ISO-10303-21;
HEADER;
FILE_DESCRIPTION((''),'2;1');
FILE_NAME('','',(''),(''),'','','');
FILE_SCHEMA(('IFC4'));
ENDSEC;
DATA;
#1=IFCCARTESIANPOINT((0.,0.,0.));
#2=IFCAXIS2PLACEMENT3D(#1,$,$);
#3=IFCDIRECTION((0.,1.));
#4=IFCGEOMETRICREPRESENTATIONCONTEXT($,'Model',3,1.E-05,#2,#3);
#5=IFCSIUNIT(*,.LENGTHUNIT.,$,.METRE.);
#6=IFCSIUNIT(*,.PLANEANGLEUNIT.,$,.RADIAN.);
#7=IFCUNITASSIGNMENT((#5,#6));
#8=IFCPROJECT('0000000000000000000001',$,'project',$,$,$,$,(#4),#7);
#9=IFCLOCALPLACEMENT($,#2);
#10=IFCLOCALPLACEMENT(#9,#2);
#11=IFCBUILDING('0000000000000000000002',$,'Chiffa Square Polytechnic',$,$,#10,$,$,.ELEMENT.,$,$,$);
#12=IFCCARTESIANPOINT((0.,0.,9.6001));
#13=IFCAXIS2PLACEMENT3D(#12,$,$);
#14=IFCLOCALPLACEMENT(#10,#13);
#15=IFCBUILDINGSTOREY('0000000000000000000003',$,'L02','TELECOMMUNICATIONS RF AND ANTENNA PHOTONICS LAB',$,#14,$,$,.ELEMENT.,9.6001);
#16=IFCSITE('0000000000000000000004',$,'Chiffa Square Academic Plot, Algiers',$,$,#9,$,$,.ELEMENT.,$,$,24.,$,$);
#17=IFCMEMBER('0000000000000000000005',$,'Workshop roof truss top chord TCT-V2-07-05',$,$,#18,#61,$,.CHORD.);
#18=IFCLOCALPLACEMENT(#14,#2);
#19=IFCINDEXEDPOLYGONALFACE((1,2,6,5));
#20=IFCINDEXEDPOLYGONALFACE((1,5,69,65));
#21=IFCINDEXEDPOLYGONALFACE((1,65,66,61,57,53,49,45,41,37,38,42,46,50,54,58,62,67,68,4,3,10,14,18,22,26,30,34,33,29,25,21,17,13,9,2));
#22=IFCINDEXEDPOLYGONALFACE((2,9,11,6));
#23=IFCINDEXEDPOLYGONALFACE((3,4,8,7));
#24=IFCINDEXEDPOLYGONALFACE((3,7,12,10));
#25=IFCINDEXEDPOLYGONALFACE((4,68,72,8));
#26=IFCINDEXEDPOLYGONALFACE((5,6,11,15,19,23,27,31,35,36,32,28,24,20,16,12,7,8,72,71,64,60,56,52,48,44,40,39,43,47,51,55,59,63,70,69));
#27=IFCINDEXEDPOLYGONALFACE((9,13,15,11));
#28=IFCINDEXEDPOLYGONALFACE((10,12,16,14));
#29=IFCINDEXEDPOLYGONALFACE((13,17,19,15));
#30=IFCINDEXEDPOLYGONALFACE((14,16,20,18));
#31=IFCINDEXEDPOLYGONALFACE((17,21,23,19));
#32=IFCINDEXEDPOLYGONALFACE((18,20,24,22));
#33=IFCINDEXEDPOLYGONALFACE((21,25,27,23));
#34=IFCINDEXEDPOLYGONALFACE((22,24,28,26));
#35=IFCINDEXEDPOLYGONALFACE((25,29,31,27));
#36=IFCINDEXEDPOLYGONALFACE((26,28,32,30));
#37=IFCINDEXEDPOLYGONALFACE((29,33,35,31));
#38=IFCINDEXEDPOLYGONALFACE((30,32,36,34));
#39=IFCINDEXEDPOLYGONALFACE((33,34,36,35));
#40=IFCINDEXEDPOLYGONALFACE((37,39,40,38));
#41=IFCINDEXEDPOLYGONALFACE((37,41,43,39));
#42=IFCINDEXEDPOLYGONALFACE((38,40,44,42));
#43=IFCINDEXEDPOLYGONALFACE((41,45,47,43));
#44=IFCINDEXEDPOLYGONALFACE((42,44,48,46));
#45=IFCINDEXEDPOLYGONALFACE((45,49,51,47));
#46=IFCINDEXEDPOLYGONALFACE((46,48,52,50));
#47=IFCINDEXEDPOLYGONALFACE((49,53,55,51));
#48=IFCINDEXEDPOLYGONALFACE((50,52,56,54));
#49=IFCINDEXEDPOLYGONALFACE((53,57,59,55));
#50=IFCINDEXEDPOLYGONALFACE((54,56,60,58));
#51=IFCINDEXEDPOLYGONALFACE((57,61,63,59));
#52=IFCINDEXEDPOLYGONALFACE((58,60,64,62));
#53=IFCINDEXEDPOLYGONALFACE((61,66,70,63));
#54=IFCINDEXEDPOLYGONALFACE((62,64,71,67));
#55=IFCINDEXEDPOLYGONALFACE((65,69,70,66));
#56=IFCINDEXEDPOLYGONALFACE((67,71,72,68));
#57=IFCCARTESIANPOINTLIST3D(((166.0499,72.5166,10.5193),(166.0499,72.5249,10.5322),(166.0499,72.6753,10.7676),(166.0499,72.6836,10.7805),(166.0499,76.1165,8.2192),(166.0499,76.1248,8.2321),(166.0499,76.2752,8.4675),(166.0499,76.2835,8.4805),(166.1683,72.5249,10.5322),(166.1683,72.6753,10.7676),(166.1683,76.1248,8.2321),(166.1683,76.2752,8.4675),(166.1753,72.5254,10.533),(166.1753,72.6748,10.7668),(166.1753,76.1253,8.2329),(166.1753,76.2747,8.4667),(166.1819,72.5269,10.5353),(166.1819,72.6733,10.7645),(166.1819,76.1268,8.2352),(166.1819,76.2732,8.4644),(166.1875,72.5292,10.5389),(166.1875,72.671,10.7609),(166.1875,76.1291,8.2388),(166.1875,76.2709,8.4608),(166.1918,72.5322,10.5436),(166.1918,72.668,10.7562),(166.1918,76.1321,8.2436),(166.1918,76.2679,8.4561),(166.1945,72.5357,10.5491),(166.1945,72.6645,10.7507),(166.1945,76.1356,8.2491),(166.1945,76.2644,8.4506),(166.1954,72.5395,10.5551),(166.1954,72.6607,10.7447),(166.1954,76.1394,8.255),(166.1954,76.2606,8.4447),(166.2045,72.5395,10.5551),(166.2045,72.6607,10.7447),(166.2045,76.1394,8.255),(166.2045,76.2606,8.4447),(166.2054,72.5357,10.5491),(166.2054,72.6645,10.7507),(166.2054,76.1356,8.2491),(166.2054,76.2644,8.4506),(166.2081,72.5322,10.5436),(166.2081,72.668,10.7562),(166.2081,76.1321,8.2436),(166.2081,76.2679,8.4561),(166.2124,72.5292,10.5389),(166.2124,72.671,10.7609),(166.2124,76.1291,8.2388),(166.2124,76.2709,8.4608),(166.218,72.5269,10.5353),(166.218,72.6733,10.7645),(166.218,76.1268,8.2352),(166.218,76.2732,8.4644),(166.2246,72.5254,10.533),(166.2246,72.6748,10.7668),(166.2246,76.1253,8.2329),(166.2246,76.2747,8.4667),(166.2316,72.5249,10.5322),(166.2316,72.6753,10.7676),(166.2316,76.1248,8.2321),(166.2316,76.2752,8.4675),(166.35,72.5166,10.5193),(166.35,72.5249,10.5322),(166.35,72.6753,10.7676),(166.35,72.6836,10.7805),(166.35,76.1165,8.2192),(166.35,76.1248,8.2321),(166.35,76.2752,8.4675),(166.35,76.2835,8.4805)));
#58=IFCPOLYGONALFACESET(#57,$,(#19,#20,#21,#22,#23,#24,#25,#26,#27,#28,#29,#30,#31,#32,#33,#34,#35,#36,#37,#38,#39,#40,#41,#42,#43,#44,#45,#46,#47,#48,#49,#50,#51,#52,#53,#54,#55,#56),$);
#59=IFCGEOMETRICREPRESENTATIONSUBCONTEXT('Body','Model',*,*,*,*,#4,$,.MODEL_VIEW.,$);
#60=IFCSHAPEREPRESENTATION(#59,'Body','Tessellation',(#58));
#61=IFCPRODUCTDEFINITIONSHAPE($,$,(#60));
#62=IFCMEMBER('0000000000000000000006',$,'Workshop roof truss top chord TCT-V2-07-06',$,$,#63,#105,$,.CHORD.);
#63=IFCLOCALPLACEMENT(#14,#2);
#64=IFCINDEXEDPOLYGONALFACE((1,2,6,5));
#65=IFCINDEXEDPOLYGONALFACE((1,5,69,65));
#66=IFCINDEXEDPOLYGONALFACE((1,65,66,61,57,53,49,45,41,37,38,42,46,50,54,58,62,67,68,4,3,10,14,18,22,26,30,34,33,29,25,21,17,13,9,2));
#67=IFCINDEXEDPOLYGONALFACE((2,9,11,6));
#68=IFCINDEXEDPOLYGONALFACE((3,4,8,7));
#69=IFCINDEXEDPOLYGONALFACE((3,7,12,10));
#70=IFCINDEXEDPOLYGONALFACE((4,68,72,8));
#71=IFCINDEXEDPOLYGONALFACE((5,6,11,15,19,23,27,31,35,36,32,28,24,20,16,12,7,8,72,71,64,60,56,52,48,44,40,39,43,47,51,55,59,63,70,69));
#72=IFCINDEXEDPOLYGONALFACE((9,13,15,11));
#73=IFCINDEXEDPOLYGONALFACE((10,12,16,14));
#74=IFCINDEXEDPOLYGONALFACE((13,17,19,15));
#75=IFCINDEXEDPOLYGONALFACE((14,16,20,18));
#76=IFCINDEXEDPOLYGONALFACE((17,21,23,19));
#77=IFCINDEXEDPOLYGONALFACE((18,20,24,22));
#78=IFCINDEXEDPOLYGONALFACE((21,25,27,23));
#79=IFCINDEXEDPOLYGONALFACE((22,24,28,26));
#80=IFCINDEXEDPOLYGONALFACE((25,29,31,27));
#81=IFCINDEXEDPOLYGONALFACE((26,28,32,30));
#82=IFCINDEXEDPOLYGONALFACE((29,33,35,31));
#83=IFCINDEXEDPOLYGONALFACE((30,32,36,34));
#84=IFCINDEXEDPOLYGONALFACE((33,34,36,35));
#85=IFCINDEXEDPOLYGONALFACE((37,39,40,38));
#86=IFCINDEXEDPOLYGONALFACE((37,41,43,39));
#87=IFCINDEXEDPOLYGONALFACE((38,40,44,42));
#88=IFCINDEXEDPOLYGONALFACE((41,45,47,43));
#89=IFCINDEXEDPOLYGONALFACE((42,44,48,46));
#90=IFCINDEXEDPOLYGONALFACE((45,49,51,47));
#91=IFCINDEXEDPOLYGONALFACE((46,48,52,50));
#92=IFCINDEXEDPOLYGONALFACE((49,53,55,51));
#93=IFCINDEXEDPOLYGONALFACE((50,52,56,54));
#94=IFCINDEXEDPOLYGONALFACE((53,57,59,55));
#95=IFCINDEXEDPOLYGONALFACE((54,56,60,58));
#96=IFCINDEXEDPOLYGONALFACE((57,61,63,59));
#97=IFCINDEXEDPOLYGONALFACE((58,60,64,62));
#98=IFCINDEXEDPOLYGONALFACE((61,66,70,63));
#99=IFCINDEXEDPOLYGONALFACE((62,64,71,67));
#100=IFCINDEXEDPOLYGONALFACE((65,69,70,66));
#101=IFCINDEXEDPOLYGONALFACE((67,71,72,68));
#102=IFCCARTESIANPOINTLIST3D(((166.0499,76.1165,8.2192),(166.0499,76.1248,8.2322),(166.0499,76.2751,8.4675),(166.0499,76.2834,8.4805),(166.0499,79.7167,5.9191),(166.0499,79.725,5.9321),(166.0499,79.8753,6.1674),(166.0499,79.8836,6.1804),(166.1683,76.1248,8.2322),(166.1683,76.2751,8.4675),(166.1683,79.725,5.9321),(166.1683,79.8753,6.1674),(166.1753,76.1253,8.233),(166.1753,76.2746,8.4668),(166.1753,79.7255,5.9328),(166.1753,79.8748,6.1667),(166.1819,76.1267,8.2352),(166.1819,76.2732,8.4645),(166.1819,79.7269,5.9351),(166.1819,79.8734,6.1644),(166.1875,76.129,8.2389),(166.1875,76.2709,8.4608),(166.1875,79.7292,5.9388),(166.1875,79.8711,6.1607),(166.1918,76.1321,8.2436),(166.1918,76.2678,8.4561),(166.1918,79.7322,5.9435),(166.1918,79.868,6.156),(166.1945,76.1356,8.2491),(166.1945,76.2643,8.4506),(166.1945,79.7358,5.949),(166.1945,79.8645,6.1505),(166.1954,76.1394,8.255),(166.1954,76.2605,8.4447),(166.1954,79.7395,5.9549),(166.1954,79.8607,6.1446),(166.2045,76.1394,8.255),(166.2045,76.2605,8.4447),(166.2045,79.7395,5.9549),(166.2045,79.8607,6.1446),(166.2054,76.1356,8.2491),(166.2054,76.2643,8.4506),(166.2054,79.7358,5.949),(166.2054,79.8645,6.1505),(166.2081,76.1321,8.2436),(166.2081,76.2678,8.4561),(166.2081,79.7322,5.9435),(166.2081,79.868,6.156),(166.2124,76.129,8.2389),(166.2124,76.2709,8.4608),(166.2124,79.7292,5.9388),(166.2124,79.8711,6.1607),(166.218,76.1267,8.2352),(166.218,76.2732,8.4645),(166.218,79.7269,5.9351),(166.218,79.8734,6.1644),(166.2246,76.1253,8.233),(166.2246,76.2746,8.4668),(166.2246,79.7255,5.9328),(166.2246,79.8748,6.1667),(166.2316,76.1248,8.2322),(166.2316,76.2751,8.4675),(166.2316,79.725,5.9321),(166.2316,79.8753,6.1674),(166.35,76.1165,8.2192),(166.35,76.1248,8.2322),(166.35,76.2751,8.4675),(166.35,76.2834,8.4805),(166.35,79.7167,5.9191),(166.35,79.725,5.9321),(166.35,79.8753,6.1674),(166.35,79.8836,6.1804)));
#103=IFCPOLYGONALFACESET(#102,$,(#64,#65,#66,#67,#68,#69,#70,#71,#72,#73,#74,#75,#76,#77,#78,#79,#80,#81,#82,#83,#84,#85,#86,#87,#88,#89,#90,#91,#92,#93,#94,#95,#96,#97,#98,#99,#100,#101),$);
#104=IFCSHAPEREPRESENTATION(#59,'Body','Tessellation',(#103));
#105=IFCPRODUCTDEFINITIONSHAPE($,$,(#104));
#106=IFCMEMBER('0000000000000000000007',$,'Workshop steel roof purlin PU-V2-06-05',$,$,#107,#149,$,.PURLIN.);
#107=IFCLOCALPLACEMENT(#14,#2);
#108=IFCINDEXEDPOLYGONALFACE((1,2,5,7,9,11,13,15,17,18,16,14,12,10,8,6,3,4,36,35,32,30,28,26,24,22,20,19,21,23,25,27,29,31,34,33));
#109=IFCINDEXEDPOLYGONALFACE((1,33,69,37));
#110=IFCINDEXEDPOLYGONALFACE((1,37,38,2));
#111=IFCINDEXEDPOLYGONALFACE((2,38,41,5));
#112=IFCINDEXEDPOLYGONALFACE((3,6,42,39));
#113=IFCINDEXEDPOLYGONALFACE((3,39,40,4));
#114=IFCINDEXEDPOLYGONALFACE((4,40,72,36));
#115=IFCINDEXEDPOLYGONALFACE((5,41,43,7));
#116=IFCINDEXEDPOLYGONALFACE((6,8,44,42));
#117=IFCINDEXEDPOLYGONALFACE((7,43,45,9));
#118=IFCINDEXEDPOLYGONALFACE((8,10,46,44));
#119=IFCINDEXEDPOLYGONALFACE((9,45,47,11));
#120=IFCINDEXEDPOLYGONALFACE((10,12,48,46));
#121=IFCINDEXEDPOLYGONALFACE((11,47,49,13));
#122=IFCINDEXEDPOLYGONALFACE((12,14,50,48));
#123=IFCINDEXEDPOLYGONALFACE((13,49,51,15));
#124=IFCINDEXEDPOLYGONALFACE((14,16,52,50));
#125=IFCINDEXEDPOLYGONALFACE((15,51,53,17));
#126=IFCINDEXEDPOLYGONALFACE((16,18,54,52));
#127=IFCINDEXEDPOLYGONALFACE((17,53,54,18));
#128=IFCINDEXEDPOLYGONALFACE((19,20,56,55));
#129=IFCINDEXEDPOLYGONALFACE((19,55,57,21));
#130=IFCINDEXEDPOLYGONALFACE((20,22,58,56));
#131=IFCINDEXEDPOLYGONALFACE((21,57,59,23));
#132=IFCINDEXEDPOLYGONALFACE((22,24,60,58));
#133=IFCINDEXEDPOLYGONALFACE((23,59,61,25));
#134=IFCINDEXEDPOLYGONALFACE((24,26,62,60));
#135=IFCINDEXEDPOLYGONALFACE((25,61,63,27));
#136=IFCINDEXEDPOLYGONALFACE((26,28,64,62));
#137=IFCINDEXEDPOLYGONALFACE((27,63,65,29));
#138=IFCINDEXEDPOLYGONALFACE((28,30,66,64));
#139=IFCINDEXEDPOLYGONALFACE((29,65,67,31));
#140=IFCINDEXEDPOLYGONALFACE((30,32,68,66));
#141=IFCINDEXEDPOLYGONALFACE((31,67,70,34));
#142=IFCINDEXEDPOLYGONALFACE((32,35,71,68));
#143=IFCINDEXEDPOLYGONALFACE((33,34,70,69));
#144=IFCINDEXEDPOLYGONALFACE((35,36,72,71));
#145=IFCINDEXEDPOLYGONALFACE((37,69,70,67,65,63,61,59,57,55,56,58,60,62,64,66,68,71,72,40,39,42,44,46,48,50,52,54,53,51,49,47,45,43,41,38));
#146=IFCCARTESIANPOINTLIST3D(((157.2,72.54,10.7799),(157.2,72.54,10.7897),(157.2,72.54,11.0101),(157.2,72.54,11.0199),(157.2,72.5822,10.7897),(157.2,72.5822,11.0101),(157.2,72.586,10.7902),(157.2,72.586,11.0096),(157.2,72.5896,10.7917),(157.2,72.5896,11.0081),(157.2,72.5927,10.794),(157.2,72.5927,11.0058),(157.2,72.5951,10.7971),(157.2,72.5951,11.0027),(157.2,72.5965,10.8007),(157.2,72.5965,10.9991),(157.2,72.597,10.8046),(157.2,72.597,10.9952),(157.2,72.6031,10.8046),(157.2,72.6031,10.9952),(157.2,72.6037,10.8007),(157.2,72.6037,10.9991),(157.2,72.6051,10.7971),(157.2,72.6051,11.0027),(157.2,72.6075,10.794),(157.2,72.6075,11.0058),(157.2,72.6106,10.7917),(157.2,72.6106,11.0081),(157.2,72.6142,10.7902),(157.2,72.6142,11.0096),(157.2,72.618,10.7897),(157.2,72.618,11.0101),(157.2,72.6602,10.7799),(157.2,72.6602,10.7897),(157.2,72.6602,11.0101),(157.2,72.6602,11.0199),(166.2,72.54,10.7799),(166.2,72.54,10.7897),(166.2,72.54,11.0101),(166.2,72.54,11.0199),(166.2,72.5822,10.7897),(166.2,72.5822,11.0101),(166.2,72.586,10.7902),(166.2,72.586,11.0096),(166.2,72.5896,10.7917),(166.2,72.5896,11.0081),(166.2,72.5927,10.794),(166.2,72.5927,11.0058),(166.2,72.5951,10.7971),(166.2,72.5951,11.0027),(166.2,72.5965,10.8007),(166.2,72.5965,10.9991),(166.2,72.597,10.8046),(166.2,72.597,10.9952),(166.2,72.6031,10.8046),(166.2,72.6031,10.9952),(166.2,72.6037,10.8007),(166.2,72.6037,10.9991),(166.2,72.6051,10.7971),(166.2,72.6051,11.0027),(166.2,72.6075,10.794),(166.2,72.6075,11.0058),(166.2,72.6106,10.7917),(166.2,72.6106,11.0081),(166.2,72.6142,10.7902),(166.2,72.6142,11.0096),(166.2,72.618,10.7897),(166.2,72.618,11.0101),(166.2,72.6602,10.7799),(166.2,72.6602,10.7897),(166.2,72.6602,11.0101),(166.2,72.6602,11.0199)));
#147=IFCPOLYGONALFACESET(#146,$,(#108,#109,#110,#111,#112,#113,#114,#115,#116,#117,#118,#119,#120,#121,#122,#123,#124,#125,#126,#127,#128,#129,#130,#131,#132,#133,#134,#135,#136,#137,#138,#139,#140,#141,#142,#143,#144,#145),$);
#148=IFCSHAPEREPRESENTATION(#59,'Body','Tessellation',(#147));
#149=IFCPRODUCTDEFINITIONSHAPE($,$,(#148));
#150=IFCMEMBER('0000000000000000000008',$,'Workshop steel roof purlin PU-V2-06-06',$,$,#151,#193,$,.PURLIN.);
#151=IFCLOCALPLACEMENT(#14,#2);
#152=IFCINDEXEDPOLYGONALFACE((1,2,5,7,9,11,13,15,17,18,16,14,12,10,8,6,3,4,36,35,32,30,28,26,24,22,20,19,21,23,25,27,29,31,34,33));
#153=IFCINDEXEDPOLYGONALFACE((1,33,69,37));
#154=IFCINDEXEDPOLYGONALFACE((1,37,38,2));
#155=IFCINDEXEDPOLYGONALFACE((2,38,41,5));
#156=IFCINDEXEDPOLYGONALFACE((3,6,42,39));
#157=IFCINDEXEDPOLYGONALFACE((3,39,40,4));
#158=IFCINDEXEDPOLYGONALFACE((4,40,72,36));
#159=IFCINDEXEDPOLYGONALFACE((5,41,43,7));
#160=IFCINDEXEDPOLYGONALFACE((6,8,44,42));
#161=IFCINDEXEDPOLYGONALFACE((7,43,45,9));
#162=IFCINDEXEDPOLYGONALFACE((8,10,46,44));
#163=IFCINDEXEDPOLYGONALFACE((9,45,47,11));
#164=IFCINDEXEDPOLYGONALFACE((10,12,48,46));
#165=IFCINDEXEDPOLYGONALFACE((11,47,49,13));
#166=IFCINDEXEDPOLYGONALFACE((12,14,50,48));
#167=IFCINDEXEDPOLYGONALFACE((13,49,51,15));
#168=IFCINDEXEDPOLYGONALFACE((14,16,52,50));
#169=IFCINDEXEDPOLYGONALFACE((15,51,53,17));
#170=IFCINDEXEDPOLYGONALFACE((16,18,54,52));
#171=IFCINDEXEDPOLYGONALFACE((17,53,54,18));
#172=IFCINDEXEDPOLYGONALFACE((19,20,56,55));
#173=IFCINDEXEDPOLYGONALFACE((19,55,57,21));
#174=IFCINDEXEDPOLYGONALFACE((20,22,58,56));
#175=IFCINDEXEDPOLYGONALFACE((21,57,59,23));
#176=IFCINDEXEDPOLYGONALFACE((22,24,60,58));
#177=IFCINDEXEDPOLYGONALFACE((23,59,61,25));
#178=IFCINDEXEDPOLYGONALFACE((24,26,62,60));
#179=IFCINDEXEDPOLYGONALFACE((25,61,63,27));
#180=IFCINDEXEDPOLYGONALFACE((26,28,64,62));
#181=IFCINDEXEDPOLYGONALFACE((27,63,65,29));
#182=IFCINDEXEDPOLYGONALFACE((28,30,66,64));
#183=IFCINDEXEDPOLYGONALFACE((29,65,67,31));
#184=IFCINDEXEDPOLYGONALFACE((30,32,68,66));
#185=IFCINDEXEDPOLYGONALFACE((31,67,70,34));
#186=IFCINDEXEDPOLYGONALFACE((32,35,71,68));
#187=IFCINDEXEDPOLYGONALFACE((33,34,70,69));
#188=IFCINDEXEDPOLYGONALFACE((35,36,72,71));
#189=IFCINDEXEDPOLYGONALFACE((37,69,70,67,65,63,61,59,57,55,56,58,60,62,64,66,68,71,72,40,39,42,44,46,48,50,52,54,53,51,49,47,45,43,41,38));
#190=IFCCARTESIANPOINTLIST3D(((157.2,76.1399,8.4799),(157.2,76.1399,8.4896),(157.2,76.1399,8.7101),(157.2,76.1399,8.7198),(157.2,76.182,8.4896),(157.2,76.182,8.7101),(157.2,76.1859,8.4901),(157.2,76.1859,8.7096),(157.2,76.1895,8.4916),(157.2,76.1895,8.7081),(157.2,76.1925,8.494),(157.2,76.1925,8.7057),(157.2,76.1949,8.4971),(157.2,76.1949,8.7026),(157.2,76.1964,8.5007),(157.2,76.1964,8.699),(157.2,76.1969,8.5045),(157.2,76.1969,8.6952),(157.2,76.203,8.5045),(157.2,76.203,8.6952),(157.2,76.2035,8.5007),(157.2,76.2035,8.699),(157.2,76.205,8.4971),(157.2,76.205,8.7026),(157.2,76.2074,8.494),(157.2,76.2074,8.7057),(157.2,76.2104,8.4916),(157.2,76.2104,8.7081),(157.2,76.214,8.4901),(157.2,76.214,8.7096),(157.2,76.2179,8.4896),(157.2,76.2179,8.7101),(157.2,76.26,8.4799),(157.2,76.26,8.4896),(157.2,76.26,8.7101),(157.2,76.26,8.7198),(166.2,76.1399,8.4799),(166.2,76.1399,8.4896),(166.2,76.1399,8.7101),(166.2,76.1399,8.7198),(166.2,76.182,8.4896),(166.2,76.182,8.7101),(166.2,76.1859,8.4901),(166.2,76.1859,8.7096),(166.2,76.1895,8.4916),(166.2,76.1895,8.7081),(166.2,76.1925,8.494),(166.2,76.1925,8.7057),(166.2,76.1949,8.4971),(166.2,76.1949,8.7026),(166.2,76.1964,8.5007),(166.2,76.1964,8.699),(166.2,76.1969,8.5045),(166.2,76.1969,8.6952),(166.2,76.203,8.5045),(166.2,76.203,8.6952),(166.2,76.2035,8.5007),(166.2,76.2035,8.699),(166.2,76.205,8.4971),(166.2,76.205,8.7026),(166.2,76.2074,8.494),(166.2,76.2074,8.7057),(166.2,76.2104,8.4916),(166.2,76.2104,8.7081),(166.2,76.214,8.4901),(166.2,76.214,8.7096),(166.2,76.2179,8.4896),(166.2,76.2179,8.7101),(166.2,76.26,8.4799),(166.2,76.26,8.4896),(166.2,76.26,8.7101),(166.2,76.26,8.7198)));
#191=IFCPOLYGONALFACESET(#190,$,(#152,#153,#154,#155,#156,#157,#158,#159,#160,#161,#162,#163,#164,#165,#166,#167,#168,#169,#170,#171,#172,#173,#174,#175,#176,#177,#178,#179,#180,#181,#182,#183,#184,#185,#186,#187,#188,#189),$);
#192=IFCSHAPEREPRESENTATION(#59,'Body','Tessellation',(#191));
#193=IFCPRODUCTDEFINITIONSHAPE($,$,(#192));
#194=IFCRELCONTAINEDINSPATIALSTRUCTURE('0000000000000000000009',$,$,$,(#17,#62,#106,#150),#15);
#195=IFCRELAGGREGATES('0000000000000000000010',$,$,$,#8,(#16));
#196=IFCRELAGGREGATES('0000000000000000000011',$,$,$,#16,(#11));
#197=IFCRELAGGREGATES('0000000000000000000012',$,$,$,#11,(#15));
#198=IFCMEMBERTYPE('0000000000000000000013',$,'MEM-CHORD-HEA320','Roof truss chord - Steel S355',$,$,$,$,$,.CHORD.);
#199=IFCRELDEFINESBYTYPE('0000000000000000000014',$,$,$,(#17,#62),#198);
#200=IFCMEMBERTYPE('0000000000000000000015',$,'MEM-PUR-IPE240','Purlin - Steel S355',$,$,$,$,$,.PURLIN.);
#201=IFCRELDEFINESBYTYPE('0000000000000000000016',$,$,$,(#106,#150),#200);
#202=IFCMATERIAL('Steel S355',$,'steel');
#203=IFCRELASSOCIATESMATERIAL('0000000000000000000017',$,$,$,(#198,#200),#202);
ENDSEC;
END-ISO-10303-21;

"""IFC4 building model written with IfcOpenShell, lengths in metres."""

from ifc_helpers import new_model, si_unit, direction, frame, origin, origin_2d, place, context, subcontext, project, spatial, i_section, extrude, material, material_profile, profile_set, type_object, element, save


model = new_model("IFC4")

# Units and contexts
model_context = context("Model", 3, precision=1e-05, world=origin(), true_north=direction((0.0, 1.0)))
body_context = subcontext(model_context, "Body", "Model", "MODEL_VIEW")
ifc_project = project(units=[si_unit("LENGTHUNIT", "METRE"), si_unit("PLANEANGLEUNIT", "RADIAN")], contexts=[model_context])

# Site, building, storey
site_placement = place(None, origin())
site = spatial("IfcSite", under=ifc_project, at=site_placement, Name="Chiffa Square Academic Plot, Algiers", CompositionType="ELEMENT", RefElevation=24.0)
building_placement = place(site_placement, origin())
building = spatial("IfcBuilding", under=site, at=building_placement, Name="Chiffa Square Polytechnic", CompositionType="ELEMENT")
storey_placement = place(building_placement, frame((0.0, 0.0, 9.6001)))
storey = spatial("IfcBuildingStorey", under=building, at=storey_placement, Name="L02", Description="TELECOMMUNICATIONS RF AND ANTENNA PHOTONICS LAB", CompositionType="ELEMENT", Elevation=9.6001)

# Members
ifc_material_1 = material(Name="Steel S355", Category="steel")
ifc_material_profile_1 = material_profile(ifc_material_1, i_section(OverallWidth=0.3, OverallDepth=0.3101, WebThickness=0.009, FlangeThickness=0.0154, FilletRadius=0.0271, at=origin_2d()), Name="HEA 320")
ifc_profile_set_1 = profile_set([ifc_material_profile_1], Name="Steel S355")
member_type_1 = type_object("IfcMemberType", Name="MEM-CHORD-HEA320", Description="Roof truss chord - Steel S355", PredefinedType="CHORD", material=ifc_profile_set_1)
member_1_placement = place(storey_placement, frame((166.2, 72.6001, 10.6499), z_axis=(0.0, 0.842681, -0.538413), x_axis=(-1.0, 0.0, 0.0)))
element("IfcMember", 1, at=member_1_placement, inside=storey, type_object=member_type_1, Name="Workshop roof truss top chord TCT-V2-07-05", PredefinedType="CHORD", context=body_context, shape_type="SweptSolid", body=[
    extrude(i_section(OverallWidth=0.3, OverallDepth=0.3101, WebThickness=0.009, FlangeThickness=0.0154, FilletRadius=0.0271, at=origin_2d()), origin(), (0.0, 0.0, 1.0), 4.272),
])
member_2_placement = place(storey_placement, frame((166.2, 76.2, 8.3499), z_axis=(0.0, 0.842698, -0.538387), x_axis=(-1.0, 0.0, 0.0)))
element("IfcMember", 2, at=member_2_placement, inside=storey, type_object=member_type_1, Name="Workshop roof truss top chord TCT-V2-07-06", PredefinedType="CHORD", context=body_context, shape_type="SweptSolid", body=[
    extrude(i_section(OverallWidth=0.3, OverallDepth=0.3101, WebThickness=0.009, FlangeThickness=0.0154, FilletRadius=0.0271, at=origin_2d()), origin(), (0.0, 0.0, 1.0), 4.2722),
])
ifc_material_profile_2 = material_profile(ifc_material_1, i_section(OverallWidth=0.1201, OverallDepth=0.24, WebThickness=0.0061, FlangeThickness=0.0098, FilletRadius=0.0149, at=origin_2d()), Name="IPE 240")
ifc_profile_set_2 = profile_set([ifc_material_profile_2], Name="Steel S355")
member_type_2 = type_object("IfcMemberType", Name="MEM-PUR-IPE240", Description="Purlin - Steel S355", PredefinedType="PURLIN", material=ifc_profile_set_2)
for number, where, z_axis, x_axis, name in (
    (3, (157.2, 72.6001, 10.8999), (1.0, 0.0, 0.0), (0.0, 1.0, 0.0), "Workshop steel roof purlin PU-V2-06-05"),
    (4, (157.2, 76.2, 8.5999), (1.0, 0.0, 0.0), (0.0, 1.0, 0.0), "Workshop steel roof purlin PU-V2-06-06"),
):
    element("IfcMember", number, at=place(storey_placement, frame(where, z_axis=z_axis, x_axis=x_axis)), inside=storey, type_object=member_type_2, Name=name, PredefinedType="PURLIN", context=body_context, shape_type="SweptSolid", body=[
        extrude(i_section(OverallWidth=0.1201, OverallDepth=0.24, WebThickness=0.0061, FlangeThickness=0.0098, FilletRadius=0.0149, at=origin_2d()), origin(), (0.0, 0.0, 1.0), 9.0),
    ])

save(model, "model.ifc")
